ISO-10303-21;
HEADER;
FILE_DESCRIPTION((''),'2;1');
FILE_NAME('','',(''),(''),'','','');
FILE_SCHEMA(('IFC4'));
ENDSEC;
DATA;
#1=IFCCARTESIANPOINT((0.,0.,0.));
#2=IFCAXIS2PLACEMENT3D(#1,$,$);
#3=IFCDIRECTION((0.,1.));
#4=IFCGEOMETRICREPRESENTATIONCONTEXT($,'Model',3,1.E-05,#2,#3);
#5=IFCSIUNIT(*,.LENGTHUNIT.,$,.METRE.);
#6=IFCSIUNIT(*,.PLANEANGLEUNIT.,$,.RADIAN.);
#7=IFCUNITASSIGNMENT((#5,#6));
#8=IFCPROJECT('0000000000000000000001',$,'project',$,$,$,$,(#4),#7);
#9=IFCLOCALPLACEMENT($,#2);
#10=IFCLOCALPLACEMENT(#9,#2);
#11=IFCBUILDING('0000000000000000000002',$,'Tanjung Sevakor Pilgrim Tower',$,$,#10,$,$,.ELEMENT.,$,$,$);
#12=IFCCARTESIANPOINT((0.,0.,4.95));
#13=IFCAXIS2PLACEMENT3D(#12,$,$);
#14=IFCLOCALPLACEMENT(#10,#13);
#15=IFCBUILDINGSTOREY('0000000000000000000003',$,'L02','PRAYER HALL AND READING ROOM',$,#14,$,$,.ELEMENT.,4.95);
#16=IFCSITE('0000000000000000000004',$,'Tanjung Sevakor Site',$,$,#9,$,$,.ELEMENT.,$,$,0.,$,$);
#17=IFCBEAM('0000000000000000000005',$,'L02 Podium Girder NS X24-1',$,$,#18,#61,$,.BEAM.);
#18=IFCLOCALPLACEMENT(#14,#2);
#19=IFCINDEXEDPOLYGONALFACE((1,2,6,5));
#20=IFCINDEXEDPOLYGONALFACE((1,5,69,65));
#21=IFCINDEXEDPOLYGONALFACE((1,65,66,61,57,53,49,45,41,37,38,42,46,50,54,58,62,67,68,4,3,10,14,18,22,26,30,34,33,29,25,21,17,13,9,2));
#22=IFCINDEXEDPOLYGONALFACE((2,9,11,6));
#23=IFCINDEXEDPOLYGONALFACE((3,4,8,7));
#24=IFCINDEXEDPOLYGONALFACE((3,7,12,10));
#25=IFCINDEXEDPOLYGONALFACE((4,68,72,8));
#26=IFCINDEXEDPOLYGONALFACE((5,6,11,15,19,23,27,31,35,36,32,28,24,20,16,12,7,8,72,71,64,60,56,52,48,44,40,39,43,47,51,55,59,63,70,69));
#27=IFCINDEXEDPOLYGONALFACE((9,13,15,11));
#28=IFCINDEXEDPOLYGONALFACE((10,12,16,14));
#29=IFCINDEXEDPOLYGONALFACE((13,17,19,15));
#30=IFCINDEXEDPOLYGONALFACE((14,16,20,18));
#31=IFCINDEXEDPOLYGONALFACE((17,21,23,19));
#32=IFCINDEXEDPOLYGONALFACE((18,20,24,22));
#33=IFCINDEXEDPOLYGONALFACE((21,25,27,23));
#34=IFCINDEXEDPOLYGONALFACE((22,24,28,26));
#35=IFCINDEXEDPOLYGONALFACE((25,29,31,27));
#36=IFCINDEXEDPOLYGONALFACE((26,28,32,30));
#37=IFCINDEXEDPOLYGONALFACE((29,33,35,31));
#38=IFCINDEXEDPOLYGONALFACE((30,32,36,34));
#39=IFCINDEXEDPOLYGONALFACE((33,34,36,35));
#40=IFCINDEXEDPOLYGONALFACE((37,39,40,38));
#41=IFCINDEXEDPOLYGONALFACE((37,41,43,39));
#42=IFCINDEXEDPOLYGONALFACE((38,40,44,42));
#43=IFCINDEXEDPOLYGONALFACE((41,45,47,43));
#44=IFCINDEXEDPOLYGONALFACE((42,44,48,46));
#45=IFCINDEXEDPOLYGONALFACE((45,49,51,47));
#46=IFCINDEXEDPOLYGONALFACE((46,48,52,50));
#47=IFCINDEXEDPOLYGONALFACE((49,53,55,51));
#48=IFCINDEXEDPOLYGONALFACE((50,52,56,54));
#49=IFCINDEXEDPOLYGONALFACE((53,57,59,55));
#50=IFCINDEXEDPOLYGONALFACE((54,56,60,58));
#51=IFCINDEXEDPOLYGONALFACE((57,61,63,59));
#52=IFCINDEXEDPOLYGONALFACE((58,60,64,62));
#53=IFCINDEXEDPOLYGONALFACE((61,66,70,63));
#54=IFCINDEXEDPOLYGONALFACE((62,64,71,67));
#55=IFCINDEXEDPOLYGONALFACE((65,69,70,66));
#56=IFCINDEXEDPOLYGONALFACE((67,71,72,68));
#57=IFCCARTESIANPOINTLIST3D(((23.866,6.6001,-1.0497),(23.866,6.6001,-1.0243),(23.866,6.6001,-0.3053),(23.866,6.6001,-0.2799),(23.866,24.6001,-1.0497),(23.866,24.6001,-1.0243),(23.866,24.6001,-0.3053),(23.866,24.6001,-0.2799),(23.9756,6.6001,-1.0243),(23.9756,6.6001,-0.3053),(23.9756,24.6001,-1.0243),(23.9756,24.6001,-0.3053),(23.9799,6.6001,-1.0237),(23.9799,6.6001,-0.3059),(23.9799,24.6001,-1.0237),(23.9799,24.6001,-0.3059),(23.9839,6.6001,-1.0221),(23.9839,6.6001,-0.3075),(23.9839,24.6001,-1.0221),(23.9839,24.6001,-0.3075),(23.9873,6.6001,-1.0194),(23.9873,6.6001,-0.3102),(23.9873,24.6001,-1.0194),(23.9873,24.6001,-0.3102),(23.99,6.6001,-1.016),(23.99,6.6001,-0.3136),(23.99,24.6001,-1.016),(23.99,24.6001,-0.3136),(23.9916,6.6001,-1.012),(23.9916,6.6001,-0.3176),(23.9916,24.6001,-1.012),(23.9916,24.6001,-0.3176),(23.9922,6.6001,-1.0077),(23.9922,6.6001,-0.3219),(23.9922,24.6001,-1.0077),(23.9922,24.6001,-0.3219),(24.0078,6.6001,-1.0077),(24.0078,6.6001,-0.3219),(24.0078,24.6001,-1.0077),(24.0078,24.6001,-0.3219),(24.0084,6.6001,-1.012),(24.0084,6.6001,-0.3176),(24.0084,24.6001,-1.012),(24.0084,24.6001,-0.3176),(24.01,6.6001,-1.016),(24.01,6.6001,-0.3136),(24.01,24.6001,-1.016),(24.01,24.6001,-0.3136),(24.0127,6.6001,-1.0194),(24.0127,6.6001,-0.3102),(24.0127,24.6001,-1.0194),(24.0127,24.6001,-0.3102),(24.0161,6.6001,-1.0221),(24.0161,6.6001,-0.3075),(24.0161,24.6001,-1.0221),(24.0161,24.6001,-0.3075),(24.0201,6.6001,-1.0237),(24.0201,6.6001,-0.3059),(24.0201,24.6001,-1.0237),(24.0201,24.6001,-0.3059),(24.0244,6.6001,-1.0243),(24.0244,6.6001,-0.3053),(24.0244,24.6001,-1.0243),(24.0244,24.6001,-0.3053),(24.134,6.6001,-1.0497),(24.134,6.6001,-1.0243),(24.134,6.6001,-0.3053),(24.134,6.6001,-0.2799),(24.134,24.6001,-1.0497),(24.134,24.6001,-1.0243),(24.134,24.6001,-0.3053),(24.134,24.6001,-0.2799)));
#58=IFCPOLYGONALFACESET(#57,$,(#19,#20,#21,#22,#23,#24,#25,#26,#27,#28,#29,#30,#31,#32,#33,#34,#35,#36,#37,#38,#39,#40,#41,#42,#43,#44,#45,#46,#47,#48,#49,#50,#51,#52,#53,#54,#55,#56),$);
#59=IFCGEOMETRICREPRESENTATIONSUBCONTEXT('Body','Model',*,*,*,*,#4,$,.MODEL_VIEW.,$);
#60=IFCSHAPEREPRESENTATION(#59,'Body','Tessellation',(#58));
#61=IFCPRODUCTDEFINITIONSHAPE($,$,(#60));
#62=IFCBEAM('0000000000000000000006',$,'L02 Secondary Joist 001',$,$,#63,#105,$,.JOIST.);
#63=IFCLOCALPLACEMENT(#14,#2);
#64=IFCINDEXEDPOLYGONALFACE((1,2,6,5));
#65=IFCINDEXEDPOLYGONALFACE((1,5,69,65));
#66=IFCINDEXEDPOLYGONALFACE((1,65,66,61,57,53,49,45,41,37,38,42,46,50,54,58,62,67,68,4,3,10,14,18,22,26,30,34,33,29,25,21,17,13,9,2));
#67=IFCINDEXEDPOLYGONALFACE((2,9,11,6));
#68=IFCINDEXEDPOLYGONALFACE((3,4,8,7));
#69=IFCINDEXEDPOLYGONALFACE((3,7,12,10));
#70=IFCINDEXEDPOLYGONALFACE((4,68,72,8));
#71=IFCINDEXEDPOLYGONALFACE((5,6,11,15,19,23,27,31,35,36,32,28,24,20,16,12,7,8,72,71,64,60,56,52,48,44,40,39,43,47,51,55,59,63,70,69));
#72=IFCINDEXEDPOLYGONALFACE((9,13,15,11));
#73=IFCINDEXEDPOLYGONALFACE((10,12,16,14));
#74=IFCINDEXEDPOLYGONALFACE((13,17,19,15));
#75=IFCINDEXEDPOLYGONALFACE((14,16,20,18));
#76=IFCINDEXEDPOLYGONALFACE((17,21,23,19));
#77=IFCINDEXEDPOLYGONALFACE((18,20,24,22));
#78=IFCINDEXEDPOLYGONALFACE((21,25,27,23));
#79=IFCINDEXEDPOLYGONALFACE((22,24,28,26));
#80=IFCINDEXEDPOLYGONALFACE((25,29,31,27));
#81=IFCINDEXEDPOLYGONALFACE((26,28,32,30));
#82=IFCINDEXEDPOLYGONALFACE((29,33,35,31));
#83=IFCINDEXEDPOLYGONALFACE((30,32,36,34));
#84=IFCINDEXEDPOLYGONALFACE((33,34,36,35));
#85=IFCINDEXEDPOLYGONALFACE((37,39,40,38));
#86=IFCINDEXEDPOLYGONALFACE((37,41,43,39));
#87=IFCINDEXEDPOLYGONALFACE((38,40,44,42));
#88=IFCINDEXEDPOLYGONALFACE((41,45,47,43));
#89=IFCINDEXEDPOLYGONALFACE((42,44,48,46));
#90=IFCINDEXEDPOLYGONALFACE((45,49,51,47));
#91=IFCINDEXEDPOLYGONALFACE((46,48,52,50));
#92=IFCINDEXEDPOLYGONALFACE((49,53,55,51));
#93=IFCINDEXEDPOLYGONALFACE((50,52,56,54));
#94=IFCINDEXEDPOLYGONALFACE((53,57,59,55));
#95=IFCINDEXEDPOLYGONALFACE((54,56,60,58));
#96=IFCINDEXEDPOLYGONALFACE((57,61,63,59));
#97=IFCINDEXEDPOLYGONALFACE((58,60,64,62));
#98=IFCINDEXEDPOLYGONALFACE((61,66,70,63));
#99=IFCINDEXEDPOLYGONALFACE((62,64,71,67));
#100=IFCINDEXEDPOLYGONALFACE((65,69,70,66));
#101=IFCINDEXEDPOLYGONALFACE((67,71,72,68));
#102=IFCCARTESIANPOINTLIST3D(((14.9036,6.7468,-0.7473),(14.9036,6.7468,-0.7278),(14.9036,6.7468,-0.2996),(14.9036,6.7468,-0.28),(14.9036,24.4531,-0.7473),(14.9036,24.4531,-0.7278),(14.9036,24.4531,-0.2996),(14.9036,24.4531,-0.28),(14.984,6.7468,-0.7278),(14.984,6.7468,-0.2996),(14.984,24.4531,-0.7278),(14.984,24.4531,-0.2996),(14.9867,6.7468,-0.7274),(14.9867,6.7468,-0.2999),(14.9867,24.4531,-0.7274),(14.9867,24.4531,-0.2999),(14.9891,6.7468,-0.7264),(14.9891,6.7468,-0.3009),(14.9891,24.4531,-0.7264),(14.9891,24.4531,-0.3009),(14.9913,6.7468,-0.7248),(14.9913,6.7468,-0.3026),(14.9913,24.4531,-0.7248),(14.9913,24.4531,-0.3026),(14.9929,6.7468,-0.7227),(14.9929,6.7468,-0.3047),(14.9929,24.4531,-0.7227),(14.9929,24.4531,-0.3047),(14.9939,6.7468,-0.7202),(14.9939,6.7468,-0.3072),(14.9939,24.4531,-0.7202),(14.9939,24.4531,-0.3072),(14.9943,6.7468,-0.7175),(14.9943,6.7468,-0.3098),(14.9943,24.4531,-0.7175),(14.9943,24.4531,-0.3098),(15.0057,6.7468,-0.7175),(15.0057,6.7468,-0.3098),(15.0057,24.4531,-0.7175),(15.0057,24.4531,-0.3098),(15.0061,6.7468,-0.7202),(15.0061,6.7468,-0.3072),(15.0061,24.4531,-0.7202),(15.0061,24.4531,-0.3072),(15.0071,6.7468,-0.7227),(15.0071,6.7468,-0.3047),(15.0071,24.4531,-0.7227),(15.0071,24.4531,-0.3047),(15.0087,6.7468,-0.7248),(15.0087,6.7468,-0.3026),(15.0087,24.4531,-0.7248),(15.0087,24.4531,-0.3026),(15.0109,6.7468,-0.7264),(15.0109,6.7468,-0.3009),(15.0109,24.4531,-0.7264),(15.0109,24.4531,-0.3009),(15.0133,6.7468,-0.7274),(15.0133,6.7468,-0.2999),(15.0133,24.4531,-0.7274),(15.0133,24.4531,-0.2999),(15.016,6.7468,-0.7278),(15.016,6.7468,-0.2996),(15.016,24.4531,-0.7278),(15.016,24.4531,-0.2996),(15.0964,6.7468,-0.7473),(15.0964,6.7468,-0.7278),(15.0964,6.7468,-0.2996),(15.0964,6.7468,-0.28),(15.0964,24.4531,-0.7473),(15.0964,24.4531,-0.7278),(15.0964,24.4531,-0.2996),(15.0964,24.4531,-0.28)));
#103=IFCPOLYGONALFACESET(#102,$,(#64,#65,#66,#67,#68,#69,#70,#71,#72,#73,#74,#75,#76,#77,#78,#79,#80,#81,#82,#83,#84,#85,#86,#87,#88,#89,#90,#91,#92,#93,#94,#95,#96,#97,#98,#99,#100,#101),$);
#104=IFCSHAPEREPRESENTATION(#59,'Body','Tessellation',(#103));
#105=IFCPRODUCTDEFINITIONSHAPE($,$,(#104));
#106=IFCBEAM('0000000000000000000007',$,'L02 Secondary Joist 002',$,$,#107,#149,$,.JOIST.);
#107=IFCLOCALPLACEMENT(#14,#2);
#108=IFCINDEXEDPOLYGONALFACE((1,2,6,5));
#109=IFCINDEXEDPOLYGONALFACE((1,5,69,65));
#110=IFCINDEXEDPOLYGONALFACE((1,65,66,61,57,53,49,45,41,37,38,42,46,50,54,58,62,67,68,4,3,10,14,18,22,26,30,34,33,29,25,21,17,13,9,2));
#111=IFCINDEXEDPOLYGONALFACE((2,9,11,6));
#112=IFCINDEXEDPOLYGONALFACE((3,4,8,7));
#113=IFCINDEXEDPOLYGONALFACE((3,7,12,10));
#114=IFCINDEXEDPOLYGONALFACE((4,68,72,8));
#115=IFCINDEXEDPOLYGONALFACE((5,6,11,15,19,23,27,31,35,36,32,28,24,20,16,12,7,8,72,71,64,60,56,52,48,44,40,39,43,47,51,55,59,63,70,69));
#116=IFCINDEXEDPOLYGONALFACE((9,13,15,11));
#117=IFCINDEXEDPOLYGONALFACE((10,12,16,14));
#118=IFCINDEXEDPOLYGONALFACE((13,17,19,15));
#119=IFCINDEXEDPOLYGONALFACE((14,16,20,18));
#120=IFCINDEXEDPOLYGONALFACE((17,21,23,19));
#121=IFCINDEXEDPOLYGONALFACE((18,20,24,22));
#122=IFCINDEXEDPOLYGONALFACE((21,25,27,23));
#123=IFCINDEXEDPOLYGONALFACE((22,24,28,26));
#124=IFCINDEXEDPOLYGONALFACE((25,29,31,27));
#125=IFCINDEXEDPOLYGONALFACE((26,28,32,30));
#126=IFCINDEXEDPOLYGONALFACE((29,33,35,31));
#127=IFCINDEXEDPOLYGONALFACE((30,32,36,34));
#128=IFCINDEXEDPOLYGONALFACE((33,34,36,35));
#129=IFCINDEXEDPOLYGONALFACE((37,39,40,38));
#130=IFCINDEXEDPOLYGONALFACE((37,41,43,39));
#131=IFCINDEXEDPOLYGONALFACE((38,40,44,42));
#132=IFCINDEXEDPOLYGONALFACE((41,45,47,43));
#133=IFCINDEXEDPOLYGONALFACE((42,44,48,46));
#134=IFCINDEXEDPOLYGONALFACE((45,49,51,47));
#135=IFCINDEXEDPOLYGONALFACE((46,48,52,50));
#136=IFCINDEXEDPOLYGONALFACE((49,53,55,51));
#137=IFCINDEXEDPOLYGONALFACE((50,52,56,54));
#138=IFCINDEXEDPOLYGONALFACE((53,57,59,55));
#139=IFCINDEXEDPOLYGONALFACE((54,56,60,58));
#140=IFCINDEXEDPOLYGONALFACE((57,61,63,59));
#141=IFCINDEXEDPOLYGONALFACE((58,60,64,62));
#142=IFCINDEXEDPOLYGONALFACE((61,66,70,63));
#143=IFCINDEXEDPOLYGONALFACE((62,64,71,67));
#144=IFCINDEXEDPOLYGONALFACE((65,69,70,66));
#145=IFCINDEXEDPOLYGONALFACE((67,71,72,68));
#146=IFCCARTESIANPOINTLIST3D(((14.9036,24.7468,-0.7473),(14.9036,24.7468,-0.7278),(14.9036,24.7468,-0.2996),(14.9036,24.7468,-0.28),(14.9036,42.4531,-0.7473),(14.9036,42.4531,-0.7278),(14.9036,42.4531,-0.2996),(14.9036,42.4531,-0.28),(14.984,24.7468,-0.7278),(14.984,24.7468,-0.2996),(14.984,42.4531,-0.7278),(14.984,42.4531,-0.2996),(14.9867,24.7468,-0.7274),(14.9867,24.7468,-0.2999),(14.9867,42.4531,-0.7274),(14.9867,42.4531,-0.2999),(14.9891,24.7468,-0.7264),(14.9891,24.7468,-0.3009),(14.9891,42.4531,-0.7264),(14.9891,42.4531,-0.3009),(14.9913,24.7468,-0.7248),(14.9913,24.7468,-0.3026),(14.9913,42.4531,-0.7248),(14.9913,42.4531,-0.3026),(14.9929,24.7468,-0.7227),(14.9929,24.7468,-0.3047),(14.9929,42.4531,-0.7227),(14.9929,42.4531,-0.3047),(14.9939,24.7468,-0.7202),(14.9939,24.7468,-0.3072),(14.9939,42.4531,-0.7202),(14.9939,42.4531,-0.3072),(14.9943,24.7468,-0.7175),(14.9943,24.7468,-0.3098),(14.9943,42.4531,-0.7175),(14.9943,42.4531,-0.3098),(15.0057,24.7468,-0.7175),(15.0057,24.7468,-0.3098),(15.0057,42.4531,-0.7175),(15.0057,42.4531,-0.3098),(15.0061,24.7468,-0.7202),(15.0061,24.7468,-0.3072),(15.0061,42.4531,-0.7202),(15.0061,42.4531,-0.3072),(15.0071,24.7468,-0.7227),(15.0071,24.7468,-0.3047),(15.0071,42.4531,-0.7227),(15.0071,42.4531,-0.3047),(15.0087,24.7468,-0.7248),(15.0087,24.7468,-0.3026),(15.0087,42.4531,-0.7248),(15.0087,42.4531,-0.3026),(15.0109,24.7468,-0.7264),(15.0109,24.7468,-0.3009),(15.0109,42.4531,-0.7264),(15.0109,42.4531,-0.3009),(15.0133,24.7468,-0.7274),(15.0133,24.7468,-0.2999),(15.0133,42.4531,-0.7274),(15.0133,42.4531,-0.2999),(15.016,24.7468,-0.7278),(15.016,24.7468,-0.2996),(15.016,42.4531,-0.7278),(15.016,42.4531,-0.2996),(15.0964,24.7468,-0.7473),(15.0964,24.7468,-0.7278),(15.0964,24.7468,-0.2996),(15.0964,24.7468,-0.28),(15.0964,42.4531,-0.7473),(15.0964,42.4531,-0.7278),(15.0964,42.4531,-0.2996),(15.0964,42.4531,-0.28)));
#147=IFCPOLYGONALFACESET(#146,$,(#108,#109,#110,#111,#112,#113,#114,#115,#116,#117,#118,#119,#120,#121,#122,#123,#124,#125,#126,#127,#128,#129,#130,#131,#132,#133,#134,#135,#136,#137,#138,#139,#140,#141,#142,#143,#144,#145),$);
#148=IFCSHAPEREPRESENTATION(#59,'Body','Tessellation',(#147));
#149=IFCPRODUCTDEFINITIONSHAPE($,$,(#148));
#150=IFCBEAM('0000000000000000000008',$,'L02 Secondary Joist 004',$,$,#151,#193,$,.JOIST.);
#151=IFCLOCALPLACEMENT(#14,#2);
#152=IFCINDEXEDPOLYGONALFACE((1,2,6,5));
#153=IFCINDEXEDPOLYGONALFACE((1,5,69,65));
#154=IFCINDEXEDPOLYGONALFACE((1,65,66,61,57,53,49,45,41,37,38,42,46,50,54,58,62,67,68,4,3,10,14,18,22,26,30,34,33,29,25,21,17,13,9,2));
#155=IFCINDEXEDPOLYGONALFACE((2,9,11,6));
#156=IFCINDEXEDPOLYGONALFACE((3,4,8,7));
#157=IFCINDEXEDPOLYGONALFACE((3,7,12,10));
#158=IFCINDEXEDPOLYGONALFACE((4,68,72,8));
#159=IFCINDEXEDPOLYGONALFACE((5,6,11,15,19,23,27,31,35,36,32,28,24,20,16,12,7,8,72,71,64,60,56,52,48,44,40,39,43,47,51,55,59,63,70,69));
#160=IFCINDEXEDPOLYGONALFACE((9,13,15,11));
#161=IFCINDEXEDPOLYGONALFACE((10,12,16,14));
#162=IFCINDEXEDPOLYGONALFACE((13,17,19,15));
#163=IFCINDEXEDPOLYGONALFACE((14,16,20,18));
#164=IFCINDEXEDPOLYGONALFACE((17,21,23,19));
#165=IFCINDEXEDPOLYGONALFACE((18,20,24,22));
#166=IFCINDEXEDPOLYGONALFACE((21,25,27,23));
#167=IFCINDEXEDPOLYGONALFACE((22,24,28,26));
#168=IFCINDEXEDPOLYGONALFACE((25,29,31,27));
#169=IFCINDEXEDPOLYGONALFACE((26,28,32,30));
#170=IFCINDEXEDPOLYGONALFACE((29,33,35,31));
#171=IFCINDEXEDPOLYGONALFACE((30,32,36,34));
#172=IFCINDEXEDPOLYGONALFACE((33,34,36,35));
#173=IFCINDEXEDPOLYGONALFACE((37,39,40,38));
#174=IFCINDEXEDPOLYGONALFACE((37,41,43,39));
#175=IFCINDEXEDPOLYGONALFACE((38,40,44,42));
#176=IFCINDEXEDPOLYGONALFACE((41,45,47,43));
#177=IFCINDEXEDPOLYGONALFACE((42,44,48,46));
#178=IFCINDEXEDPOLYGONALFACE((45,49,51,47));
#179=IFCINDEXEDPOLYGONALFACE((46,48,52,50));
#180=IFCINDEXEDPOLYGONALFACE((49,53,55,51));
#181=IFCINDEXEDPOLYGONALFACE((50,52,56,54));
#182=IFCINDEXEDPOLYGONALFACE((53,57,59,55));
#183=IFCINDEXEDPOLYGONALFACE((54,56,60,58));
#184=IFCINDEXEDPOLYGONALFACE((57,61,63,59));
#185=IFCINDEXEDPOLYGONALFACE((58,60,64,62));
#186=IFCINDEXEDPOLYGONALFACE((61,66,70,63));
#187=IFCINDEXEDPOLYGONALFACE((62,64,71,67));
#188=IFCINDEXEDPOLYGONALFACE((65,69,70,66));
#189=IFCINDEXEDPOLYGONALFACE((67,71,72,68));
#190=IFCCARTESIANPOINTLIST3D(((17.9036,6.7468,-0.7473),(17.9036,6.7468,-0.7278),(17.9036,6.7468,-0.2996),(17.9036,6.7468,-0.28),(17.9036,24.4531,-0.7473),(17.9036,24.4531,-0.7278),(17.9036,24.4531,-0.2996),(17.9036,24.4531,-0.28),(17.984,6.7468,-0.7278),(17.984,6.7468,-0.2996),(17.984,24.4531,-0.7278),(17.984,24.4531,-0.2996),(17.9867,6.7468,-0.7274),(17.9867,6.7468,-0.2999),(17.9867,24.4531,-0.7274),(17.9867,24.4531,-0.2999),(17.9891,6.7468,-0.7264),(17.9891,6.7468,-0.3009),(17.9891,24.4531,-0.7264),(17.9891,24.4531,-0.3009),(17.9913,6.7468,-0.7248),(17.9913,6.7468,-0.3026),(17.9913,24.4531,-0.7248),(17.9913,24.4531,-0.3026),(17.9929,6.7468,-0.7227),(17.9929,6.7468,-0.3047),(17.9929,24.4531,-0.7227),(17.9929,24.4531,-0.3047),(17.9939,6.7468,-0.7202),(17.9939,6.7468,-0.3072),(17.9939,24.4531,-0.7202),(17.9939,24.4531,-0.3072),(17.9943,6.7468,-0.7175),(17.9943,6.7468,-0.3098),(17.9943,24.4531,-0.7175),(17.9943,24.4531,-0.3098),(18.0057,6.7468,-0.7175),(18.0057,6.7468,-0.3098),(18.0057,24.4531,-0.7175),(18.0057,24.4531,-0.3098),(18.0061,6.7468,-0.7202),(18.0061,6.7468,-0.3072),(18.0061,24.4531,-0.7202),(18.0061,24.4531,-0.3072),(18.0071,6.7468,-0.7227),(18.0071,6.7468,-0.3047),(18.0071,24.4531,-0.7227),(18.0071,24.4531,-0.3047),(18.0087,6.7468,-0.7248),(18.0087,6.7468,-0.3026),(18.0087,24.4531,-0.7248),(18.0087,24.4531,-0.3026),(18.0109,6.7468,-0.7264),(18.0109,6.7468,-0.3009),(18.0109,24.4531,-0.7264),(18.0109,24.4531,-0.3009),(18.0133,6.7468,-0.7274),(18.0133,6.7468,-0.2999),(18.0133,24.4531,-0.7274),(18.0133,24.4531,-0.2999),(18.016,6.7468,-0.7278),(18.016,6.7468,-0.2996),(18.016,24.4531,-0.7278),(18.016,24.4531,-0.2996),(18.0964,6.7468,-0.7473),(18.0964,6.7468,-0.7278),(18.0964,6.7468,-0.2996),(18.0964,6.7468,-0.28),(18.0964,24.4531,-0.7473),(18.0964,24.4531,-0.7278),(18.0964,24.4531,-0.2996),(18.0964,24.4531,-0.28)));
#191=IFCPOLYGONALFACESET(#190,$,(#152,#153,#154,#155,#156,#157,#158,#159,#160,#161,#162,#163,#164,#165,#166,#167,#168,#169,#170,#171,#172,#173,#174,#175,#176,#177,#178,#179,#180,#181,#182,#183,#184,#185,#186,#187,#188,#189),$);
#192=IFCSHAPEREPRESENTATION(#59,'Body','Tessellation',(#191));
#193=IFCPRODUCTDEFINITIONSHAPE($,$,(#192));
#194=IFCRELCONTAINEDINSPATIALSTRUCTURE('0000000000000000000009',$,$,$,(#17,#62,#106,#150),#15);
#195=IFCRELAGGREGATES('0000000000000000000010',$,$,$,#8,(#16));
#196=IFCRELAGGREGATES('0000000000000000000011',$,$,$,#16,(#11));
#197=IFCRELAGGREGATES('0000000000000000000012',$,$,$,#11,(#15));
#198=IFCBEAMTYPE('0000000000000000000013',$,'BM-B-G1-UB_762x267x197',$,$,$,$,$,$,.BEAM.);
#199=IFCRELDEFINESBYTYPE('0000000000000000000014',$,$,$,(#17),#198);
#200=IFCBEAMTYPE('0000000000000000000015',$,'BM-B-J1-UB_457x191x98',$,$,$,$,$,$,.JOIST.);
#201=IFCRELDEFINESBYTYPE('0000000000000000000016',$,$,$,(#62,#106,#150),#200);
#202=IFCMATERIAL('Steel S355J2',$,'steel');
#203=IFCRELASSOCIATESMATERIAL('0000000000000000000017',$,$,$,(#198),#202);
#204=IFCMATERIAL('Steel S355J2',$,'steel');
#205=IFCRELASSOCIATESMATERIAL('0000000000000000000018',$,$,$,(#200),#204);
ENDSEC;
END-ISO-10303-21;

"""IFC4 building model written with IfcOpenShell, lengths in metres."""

from ifc_helpers import new_model, si_unit, direction, frame, origin, origin_2d, place, context, subcontext, project, spatial, i_section, extrude, material, material_profile, profile_set, type_object, element, save


model = new_model("IFC4")

# Units and contexts
model_context = context("Model", 3, precision=1e-05, world=origin(), true_north=direction((0.0, 1.0)))
body_context = subcontext(model_context, "Body", "Model", "MODEL_VIEW")
ifc_project = project(units=[si_unit("LENGTHUNIT", "METRE"), si_unit("PLANEANGLEUNIT", "RADIAN")], contexts=[model_context])

# Site, building, storey
site_placement = place(None, origin())
site = spatial("IfcSite", under=ifc_project, at=site_placement, Name="Tanjung Sevakor Site", CompositionType="ELEMENT", RefElevation=0.0)
building_placement = place(site_placement, origin())
building = spatial("IfcBuilding", under=site, at=building_placement, Name="Tanjung Sevakor Pilgrim Tower", CompositionType="ELEMENT")
storey_placement = place(building_placement, frame((0.0, 0.0, 4.95)))
storey = spatial("IfcBuildingStorey", under=building, at=storey_placement, Name="L02", Description="PRAYER HALL AND READING ROOM", CompositionType="ELEMENT", Elevation=4.95)

# Beams
ifc_material_1 = material(Name="Steel S355J2", Category="steel")
ifc_material_profile_1 = material_profile(ifc_material_1, i_section(OverallWidth=0.2681, OverallDepth=0.7698, WebThickness=0.0156, FlangeThickness=0.0254, FilletRadius=0.0166, at=origin_2d()))
ifc_profile_set_1 = profile_set([ifc_material_profile_1], Name="Steel S355J2")
beam_type_1 = type_object("IfcBeamType", Name="BM-B-G1-UB_762x267x197", PredefinedType="BEAM", material=ifc_profile_set_1)
for number, where, z_axis, x_axis, name in (
    (1, (24.0, 6.6001, -0.6648), (0.0, 1.0, 0.0), (-1.0, 0.0, 0.0), "L02 Podium Girder NS X24-1"),
):
    element("IfcBeam", number, at=place(storey_placement, frame(where, z_axis=z_axis, x_axis=x_axis)), inside=storey, type_object=beam_type_1, Name=name, PredefinedType="BEAM", context=body_context, shape_type="SweptSolid", body=[
        extrude(i_section(OverallWidth=0.2681, OverallDepth=0.7698, WebThickness=0.0156, FlangeThickness=0.0254, FilletRadius=0.0166, at=origin_2d()), origin(), (0.0, 0.0, 1.0), 18.0),
    ])
ifc_material_2 = material(Name="Steel S355J2", Category="steel")
ifc_material_profile_2 = material_profile(ifc_material_2, i_section(OverallWidth=0.1929, OverallDepth=0.4673, WebThickness=0.0115, FlangeThickness=0.0195, FilletRadius=0.0103, at=origin_2d()))
ifc_profile_set_2 = profile_set([ifc_material_profile_2], Name="Steel S355J2")
beam_type_2 = type_object("IfcBeamType", Name="BM-B-J1-UB_457x191x98", PredefinedType="JOIST", material=ifc_profile_set_2)
for number, where, z_axis, x_axis, name in (
    (2, (15.0, 6.7468, -0.5137), (0.0, 1.0, 0.0), (-1.0, 0.0, 0.0), "L02 Secondary Joist 001"),
    (3, (15.0, 24.7468, -0.5137), (0.0, 1.0, 0.0), (-1.0, 0.0, 0.0), "L02 Secondary Joist 002"),
    (4, (18.0, 6.7468, -0.5137), (0.0, 1.0, 0.0), (-1.0, 0.0, 0.0), "L02 Secondary Joist 004"),
):
    element("IfcBeam", number, at=place(storey_placement, frame(where, z_axis=z_axis, x_axis=x_axis)), inside=storey, type_object=beam_type_2, Name=name, PredefinedType="JOIST", context=body_context, shape_type="SweptSolid", body=[
        extrude(i_section(OverallWidth=0.1929, OverallDepth=0.4673, WebThickness=0.0115, FlangeThickness=0.0195, FilletRadius=0.0103, at=origin_2d()), origin(), (0.0, 0.0, 1.0), 17.7063),
    ])

save(model, "model.ifc")
